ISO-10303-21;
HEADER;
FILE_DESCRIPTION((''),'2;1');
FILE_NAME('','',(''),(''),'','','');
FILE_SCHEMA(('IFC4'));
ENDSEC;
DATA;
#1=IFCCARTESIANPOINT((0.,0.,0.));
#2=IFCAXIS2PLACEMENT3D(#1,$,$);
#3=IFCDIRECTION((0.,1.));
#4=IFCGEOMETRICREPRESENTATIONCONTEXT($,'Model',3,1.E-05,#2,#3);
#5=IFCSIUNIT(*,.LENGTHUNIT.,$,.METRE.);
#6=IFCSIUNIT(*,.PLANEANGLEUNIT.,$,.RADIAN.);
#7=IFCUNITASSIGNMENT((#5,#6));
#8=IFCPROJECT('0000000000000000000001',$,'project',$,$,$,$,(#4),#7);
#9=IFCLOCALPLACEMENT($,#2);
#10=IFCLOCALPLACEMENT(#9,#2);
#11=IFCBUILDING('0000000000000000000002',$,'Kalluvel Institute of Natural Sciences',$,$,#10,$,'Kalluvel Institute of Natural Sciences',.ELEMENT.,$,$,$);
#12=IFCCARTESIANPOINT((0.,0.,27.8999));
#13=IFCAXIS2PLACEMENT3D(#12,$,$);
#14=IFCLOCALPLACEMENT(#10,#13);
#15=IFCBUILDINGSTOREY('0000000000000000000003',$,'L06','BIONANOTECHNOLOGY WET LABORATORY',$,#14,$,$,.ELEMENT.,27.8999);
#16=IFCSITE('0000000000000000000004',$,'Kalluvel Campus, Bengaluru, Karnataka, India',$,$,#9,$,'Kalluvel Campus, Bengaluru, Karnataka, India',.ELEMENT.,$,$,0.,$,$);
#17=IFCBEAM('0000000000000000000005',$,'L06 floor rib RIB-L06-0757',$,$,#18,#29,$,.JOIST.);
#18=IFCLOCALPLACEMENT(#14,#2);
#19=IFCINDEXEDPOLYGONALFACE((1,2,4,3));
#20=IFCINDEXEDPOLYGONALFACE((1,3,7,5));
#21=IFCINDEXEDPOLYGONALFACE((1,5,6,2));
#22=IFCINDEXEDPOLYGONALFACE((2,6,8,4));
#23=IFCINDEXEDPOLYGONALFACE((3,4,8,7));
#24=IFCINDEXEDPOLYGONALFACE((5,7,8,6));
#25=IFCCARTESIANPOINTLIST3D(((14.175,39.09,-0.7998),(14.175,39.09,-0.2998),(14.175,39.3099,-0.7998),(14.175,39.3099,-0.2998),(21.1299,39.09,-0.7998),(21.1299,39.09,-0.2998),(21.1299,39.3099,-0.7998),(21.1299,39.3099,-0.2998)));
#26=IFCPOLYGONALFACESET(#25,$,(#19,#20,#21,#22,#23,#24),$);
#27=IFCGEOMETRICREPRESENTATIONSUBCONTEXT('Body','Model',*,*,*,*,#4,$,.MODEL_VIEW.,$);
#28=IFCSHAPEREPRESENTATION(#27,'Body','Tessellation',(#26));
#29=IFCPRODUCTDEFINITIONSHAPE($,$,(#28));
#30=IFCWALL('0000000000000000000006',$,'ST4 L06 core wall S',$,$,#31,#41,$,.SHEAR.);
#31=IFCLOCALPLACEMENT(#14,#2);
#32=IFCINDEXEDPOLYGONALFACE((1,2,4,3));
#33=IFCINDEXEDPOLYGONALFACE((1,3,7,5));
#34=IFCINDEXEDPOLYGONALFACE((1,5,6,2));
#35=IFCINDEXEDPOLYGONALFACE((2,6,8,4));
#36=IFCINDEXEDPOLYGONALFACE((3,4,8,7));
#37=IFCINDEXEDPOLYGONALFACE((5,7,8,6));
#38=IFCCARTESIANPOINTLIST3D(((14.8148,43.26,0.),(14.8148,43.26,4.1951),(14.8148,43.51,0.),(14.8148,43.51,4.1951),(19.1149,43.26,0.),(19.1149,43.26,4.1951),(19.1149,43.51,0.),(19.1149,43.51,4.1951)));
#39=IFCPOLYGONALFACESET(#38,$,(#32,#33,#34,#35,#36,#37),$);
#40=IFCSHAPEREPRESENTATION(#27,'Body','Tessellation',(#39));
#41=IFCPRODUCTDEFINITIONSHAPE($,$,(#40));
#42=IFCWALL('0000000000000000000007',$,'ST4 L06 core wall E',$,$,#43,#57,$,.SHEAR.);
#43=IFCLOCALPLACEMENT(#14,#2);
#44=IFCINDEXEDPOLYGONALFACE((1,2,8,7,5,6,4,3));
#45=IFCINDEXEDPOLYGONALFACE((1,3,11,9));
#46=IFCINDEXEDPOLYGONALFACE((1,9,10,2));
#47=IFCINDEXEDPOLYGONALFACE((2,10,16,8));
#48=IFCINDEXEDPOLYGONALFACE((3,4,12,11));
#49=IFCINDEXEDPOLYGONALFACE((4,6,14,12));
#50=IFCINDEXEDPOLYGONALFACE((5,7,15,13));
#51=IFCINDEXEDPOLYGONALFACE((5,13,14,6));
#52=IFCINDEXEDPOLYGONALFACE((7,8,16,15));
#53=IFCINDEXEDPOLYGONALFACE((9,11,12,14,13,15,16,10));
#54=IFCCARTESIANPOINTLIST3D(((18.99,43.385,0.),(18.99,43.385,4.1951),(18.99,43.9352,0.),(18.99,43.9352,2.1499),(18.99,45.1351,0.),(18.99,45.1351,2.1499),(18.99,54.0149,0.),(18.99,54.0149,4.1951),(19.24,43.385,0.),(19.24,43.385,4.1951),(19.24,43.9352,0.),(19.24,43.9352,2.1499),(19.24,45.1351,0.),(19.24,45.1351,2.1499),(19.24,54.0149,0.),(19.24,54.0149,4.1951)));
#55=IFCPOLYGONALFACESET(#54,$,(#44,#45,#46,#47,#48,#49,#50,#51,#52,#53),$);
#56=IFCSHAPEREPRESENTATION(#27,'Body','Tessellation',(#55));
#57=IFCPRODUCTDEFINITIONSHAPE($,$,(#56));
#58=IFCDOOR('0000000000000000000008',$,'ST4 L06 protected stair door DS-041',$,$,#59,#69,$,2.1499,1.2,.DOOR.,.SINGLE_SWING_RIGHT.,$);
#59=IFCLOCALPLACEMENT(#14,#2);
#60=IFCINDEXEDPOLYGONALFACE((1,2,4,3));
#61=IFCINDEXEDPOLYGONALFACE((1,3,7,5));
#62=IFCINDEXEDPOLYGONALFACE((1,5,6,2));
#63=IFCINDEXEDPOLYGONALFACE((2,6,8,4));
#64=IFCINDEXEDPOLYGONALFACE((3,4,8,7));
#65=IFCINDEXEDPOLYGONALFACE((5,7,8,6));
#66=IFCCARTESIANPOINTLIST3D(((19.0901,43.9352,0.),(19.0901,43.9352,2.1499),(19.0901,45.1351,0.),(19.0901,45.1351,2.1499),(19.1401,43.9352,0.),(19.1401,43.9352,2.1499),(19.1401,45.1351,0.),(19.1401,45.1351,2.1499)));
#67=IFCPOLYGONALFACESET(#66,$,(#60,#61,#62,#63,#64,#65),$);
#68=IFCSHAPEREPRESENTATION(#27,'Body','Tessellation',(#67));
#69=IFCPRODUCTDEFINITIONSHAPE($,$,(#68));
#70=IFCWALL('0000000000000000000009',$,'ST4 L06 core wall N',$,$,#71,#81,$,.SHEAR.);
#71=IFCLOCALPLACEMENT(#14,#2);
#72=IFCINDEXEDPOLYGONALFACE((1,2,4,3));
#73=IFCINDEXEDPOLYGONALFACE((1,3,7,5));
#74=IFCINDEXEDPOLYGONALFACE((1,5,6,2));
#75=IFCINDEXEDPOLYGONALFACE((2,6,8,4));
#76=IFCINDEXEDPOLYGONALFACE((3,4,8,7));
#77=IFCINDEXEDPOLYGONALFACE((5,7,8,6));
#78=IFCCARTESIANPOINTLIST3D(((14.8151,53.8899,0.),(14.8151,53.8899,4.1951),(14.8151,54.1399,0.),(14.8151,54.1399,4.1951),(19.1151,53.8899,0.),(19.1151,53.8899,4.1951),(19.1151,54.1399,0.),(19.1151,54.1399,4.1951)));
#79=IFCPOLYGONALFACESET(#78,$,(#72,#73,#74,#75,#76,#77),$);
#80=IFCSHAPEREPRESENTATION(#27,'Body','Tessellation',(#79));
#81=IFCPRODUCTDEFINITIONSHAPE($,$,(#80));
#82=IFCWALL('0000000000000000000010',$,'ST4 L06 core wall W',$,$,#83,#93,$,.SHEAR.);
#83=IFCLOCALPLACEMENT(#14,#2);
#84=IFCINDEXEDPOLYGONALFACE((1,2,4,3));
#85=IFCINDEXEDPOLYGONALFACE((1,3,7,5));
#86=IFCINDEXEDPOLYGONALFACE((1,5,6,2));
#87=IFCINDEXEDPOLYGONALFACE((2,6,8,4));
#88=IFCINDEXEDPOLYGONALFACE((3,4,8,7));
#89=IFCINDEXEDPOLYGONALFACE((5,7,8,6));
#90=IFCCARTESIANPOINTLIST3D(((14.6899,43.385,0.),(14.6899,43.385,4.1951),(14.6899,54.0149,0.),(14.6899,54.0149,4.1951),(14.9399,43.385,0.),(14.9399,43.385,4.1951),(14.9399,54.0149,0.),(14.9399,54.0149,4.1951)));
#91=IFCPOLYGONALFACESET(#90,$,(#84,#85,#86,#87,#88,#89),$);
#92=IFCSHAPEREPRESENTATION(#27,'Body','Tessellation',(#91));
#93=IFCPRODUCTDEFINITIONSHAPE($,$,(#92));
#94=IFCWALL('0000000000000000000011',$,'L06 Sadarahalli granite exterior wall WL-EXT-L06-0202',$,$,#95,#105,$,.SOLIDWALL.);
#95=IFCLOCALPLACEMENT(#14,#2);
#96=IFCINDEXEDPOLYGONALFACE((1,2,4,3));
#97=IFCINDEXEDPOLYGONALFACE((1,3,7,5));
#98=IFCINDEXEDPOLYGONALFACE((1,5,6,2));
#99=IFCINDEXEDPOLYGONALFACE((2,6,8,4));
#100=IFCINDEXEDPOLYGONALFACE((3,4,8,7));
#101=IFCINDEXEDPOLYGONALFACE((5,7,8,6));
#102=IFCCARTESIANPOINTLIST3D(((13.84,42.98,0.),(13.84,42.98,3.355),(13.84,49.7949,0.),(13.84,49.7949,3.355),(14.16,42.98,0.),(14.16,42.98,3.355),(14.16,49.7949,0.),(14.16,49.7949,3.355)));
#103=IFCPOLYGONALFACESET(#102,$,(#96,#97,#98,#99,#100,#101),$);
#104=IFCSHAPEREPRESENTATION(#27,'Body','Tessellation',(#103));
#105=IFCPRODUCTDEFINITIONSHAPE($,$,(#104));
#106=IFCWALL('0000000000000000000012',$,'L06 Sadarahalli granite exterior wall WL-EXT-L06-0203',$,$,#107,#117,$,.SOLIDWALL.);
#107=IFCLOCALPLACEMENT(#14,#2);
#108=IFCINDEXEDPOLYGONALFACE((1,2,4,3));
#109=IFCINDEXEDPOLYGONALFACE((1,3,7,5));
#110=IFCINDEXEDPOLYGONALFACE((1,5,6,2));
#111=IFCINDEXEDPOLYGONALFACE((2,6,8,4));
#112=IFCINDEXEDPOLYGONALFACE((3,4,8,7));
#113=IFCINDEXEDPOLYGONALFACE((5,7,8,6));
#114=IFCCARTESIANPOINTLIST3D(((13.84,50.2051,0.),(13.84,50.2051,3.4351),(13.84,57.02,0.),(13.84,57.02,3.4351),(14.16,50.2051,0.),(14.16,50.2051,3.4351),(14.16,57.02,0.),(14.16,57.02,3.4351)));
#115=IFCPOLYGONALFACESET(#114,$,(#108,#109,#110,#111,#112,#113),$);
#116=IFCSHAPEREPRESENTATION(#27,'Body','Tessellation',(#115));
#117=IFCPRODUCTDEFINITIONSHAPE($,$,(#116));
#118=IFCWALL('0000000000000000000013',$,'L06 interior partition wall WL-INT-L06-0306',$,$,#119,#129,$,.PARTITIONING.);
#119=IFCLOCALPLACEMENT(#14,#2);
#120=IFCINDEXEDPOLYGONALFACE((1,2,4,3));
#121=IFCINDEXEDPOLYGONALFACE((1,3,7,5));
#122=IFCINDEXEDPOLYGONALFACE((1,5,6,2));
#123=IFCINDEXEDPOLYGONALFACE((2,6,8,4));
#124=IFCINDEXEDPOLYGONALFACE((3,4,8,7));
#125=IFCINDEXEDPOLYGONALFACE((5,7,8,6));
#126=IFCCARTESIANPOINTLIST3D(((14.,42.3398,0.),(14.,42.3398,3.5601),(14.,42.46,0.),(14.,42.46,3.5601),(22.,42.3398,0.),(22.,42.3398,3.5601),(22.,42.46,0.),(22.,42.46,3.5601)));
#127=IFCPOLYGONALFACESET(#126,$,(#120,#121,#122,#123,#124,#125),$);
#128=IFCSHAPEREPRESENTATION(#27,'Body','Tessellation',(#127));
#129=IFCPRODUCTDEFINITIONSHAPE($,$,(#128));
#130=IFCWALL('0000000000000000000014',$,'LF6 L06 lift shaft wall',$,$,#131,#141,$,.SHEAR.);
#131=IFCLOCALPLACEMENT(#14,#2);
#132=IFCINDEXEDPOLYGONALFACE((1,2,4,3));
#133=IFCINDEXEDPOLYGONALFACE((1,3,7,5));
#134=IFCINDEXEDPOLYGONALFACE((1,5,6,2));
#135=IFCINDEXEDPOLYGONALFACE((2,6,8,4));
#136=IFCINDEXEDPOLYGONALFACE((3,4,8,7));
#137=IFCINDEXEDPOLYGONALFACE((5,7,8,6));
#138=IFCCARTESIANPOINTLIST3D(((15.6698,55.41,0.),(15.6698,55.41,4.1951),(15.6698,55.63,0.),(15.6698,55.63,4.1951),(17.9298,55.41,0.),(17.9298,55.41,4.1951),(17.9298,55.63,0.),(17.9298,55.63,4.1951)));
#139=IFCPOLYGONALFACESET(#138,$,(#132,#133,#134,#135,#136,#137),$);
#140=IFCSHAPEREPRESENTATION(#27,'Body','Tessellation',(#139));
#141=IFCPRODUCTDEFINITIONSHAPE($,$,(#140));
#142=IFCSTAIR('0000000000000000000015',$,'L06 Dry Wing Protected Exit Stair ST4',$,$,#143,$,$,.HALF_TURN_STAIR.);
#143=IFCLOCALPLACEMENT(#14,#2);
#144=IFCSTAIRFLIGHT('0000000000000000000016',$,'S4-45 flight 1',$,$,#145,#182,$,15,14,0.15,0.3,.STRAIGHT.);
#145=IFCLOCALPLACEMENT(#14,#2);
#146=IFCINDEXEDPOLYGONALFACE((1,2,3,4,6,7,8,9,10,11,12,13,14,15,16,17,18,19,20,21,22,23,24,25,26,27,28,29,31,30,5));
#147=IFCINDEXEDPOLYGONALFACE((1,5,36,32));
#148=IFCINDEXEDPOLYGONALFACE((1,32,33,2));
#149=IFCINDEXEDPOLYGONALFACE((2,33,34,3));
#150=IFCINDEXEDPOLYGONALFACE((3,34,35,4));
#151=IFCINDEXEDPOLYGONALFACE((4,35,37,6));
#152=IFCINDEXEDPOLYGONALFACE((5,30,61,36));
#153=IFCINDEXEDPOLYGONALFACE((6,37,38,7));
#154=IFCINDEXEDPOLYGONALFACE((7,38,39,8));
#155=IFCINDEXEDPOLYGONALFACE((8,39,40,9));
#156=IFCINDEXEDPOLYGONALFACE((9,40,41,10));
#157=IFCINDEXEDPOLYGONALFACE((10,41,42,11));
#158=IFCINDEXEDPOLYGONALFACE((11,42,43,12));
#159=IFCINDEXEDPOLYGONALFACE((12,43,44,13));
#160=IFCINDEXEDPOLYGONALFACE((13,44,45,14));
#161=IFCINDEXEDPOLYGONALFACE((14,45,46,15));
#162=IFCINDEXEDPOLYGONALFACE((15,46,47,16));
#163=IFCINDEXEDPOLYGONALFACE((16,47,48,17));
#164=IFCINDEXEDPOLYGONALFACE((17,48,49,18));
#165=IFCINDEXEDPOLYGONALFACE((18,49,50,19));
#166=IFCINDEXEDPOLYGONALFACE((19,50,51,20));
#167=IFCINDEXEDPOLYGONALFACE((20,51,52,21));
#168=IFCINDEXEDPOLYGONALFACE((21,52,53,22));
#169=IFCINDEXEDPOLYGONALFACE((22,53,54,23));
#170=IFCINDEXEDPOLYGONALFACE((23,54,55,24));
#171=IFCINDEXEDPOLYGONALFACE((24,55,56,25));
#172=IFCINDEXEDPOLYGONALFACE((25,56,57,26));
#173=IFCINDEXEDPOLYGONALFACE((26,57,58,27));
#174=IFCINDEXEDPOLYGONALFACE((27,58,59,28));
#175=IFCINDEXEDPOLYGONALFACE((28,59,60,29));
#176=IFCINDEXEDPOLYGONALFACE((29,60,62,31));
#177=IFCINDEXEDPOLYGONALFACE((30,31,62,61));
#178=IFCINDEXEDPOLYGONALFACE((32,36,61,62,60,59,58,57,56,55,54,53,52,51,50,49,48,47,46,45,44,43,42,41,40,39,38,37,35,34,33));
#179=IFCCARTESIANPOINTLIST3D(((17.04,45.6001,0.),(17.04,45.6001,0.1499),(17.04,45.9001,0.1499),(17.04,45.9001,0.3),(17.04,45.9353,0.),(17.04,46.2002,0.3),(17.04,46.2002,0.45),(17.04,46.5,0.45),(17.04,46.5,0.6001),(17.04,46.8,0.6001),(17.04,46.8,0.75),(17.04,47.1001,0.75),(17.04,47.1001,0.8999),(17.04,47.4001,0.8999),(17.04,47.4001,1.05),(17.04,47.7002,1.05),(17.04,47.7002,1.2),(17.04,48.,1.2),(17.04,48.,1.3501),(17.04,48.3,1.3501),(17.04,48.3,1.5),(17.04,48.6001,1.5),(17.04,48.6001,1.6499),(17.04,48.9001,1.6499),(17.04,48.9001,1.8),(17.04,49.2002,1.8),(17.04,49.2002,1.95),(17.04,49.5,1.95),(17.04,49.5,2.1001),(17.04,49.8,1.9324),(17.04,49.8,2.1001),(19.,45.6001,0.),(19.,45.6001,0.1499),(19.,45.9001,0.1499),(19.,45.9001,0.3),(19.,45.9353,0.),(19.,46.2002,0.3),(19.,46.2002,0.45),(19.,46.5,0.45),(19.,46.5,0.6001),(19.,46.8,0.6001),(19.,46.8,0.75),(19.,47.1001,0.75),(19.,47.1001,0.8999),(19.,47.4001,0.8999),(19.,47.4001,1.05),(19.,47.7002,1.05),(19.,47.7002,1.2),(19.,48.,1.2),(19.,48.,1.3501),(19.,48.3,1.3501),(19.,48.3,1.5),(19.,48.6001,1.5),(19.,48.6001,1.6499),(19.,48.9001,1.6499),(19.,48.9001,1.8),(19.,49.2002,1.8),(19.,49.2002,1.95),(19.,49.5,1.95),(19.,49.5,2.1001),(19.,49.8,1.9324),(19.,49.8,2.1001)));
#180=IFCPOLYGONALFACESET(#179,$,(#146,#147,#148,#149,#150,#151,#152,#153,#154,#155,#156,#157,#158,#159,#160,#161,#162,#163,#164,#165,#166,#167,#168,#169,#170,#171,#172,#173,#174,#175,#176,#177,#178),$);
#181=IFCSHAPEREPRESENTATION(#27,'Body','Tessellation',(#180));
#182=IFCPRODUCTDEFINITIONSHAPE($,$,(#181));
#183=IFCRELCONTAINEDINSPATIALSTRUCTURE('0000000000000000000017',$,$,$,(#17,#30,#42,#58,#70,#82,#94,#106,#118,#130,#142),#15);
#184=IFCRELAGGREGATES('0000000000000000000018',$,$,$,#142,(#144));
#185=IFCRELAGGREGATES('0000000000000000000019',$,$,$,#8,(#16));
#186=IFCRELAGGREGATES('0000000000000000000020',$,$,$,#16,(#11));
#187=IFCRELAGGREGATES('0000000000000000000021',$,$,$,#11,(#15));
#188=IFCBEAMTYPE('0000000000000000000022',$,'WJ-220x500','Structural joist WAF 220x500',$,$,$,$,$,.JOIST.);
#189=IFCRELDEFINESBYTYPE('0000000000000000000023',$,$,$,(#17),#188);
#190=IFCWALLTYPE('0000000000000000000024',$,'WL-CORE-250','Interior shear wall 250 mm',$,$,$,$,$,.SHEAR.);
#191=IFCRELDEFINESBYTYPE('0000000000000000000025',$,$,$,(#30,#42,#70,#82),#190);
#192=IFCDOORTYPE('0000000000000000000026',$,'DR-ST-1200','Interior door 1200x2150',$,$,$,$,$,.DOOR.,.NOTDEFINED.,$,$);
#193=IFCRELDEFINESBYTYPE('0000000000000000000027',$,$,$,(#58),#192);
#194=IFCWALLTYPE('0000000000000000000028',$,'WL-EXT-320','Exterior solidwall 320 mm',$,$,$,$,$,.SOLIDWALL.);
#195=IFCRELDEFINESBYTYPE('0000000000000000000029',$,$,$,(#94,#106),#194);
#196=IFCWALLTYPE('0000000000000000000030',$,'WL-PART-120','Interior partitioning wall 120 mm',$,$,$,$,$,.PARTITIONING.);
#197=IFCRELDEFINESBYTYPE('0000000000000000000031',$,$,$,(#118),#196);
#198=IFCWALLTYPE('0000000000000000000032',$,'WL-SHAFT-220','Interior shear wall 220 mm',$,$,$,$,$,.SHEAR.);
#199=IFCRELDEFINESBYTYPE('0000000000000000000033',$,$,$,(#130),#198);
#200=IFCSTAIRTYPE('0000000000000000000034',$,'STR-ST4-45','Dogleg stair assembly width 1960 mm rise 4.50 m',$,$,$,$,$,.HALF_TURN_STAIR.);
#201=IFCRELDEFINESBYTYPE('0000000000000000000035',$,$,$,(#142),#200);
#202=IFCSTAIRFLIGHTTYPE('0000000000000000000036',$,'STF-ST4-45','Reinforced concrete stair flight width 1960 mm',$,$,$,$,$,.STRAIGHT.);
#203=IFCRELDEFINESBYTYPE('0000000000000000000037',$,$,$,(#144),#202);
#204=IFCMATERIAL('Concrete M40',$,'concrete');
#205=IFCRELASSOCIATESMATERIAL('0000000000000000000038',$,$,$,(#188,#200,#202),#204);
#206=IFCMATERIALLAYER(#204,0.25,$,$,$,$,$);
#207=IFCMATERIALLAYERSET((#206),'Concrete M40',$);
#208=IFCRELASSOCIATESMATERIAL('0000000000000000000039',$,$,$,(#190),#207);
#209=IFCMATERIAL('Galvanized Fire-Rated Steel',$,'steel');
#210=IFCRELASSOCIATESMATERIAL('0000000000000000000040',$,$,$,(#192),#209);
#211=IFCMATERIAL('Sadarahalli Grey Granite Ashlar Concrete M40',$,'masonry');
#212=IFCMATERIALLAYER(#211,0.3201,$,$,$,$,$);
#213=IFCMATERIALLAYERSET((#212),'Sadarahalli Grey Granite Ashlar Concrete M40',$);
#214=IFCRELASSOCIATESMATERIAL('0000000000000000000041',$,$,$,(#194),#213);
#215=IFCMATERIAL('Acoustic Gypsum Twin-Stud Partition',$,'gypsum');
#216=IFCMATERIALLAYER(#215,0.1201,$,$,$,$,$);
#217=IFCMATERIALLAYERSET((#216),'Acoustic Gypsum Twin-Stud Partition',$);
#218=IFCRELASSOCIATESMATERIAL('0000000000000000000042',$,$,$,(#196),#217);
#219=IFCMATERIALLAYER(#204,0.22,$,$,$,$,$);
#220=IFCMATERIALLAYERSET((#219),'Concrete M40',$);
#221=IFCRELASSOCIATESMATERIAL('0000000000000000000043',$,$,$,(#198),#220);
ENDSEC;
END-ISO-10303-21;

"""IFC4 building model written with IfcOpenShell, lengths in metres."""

from ifc_helpers import new_model, si_unit, direction, frame, frame_2d, origin, origin_2d, place, context, subcontext, project, spatial, polyline, rectangle, outline, extrude, material, layer, layer_set, material_profile, profile_set, type_object, element, fill, aggregate, save


model = new_model("IFC4")

# Units and contexts
model_context = context("Model", 3, precision=1e-05, world=origin(), true_north=direction((0.0, 1.0)))
body_context = subcontext(model_context, "Body", "Model", "MODEL_VIEW")
ifc_project = project(units=[si_unit("LENGTHUNIT", "METRE"), si_unit("PLANEANGLEUNIT", "RADIAN")], contexts=[model_context])

# Site, building, storey
site_placement = place(None, origin())
site = spatial("IfcSite", under=ifc_project, at=site_placement, Name="Kalluvel Campus, Bengaluru, Karnataka, India", LongName="Kalluvel Campus, Bengaluru, Karnataka, India", CompositionType="ELEMENT", RefElevation=0.0)
building_placement = place(site_placement, origin())
building = spatial("IfcBuilding", under=site, at=building_placement, Name="Kalluvel Institute of Natural Sciences", LongName="Kalluvel Institute of Natural Sciences", CompositionType="ELEMENT")
storey_placement = place(building_placement, frame((0.0, 0.0, 27.8999)))
storey = spatial("IfcBuildingStorey", under=building, at=storey_placement, Name="L06", Description="BIONANOTECHNOLOGY WET LABORATORY", CompositionType="ELEMENT", Elevation=27.8999)

# Shared definitions
ifc_material_1 = material(Name="Concrete M40", Category="concrete")

# Beam
ifc_material_profile_1 = material_profile(ifc_material_1, rectangle(XDim=0.22, YDim=0.5, at=origin_2d()), Name="WAF 220x500")
ifc_profile_set_1 = profile_set([ifc_material_profile_1], Name="Concrete M40")
beam_type_1 = type_object("IfcBeamType", Name="WJ-220x500", Description="Structural joist WAF 220x500", PredefinedType="JOIST", material=ifc_profile_set_1)
beam_1_placement = place(storey_placement, frame((14.175, 39.2, -0.5498), z_axis=(1.0, 0.0, 0.0), x_axis=(0.0, 1.0, 0.0)))
element("IfcBeam", 1, at=beam_1_placement, inside=storey, type_object=beam_type_1, Name="L06 floor rib RIB-L06-0757", PredefinedType="JOIST", context=body_context, shape_type="SweptSolid", body=[
    extrude(rectangle(XDim=0.22, YDim=0.5, at=origin_2d()), origin(), (0.0, 0.0, 1.0), 6.9548),
])

# Wall
ifc_layer_1 = layer(ifc_material_1, 0.25)
ifc_layer_set_1 = layer_set([ifc_layer_1], Name="Concrete M40")
wall_type_1 = type_object("IfcWallType", Name="WL-CORE-250", Description="Interior shear wall 250 mm", PredefinedType="SHEAR", material=ifc_layer_set_1)
wall_1_placement = place(storey_placement, frame((14.8149, 43.385, 0.0), z_axis=(0.0, 0.0, 1.0), x_axis=(1.0, 0.0, 0.0)))
element("IfcWall", 2, at=wall_1_placement, inside=storey, type_object=wall_type_1, Name="ST4 L06 core wall S", PredefinedType="SHEAR", context=body_context, shape_type="SweptSolid", body=[
    extrude(rectangle(XDim=4.3, YDim=0.25, at=frame_2d((2.1499, 0.0))), origin(), (0.0, 0.0, 1.0), 4.1951),
])

# Wall, opening, door
wall_2_placement = place(storey_placement, frame((19.115, 43.385, 0.0), z_axis=(0.0, 0.0, 1.0), x_axis=(0.0, 1.0, 0.0)))
wall_2 = element("IfcWall", 3, at=wall_2_placement, inside=storey, type_object=wall_type_1, Name="ST4 L06 core wall E", PredefinedType="SHEAR", context=body_context, shape_type="SweptSolid", body=[
    extrude(rectangle(XDim=10.6299, YDim=0.25, at=frame_2d((5.3149, 0.0))), origin(), (0.0, 0.0, 1.0), 4.1951),
])
opening_placement = place(wall_2_placement, frame((0.55, 0.0, 0.0)))
opening = element("IfcOpeningElement", 4, at=opening_placement, cuts=wall_2, PredefinedType="OPENING", context=body_context, shape_type="SweptSolid", body=[
    extrude(rectangle(XDim=1.2, YDim=2.1499, at=frame_2d((0.6001, 1.075))), frame((0.0, 0.135, 0.0), z_axis=(0.0, -1.0, 0.0), x_axis=(1.0, 0.0, 0.0)), (0.0, 0.0, 1.0), 0.27),
])
ifc_material_2 = material(Name="Galvanized Fire-Rated Steel", Category="steel")
door_type = type_object("IfcDoorType", Name="DR-ST-1200", Description="Interior door 1200x2150", OperationType="NOTDEFINED", PredefinedType="DOOR", material=ifc_material_2)
door_placement = place(opening_placement, origin())
door = element("IfcDoor", 5, at=door_placement, inside=storey, type_object=door_type, Name="ST4 L06 protected stair door DS-041", OperationType="SINGLE_SWING_RIGHT", OverallHeight=2.1499, OverallWidth=1.2, PredefinedType="DOOR", context=body_context, shape_type="SweptSolid", body=[
    extrude(rectangle(XDim=1.2, YDim=2.1499, at=frame_2d((0.6001, 1.075))), frame((0.0, 0.0249, 0.0), z_axis=(0.0, -1.0, 0.0), x_axis=(1.0, 0.0, 0.0)), (0.0, 0.0, 1.0), 0.05),
])
fill(opening, door)

# Walls
wall_3_placement = place(storey_placement, frame((19.115, 54.0149, 0.0), z_axis=(0.0, 0.0, 1.0), x_axis=(-1.0, 0.0, 0.0)))
element("IfcWall", 6, at=wall_3_placement, inside=storey, type_object=wall_type_1, Name="ST4 L06 core wall N", PredefinedType="SHEAR", context=body_context, shape_type="SweptSolid", body=[
    extrude(rectangle(XDim=4.3, YDim=0.25, at=frame_2d((2.1499, 0.0))), origin(), (0.0, 0.0, 1.0), 4.1951),
])
wall_4_placement = place(storey_placement, frame((14.8149, 54.0149, 0.0), z_axis=(0.0, 0.0, 1.0), x_axis=(0.0, -1.0, 0.0)))
element("IfcWall", 7, at=wall_4_placement, inside=storey, type_object=wall_type_1, Name="ST4 L06 core wall W", PredefinedType="SHEAR", context=body_context, shape_type="SweptSolid", body=[
    extrude(rectangle(XDim=10.6299, YDim=0.25, at=frame_2d((5.3149, 0.0))), origin(), (0.0, 0.0, 1.0), 4.1951),
])
ifc_material_3 = material(Name="Sadarahalli Grey Granite Ashlar Concrete M40", Category="masonry")
ifc_layer_2 = layer(ifc_material_3, 0.3201)
ifc_layer_set_2 = layer_set([ifc_layer_2], Name="Sadarahalli Grey Granite Ashlar Concrete M40")
wall_type_2 = type_object("IfcWallType", Name="WL-EXT-320", Description="Exterior solidwall 320 mm", PredefinedType="SOLIDWALL", material=ifc_layer_set_2)
wall_5_placement = place(storey_placement, frame((14.0, 42.98, 0.0), z_axis=(0.0, 0.0, 1.0), x_axis=(0.0, 1.0, 0.0)))
element("IfcWall", 8, at=wall_5_placement, inside=storey, type_object=wall_type_2, Name="L06 Sadarahalli granite exterior wall WL-EXT-L06-0202", PredefinedType="SOLIDWALL", context=body_context, shape_type="SweptSolid", body=[
    extrude(rectangle(XDim=6.8149, YDim=0.3201, at=frame_2d((3.4075, 0.0))), origin(), (0.0, 0.0, 1.0), 3.355),
])
wall_6_placement = place(storey_placement, frame((14.0, 50.2051, 0.0), z_axis=(0.0, 0.0, 1.0), x_axis=(0.0, 1.0, 0.0)))
element("IfcWall", 9, at=wall_6_placement, inside=storey, type_object=wall_type_2, Name="L06 Sadarahalli granite exterior wall WL-EXT-L06-0203", PredefinedType="SOLIDWALL", context=body_context, shape_type="SweptSolid", body=[
    extrude(rectangle(XDim=6.8149, YDim=0.3201, at=frame_2d((3.4075, 0.0))), origin(), (0.0, 0.0, 1.0), 3.4351),
])
ifc_material_4 = material(Name="Acoustic Gypsum Twin-Stud Partition", Category="gypsum")
ifc_layer_3 = layer(ifc_material_4, 0.1201)
ifc_layer_set_3 = layer_set([ifc_layer_3], Name="Acoustic Gypsum Twin-Stud Partition")
wall_type_3 = type_object("IfcWallType", Name="WL-PART-120", Description="Interior partitioning wall 120 mm", PredefinedType="PARTITIONING", material=ifc_layer_set_3)
wall_7_placement = place(storey_placement, frame((14.0, 42.3999, 0.0), z_axis=(0.0, 0.0, 1.0), x_axis=(1.0, 0.0, 0.0)))
element("IfcWall", 10, at=wall_7_placement, inside=storey, type_object=wall_type_3, Name="L06 interior partition wall WL-INT-L06-0306", PredefinedType="PARTITIONING", context=body_context, shape_type="SweptSolid", body=[
    extrude(rectangle(XDim=8.0, YDim=0.1201, at=frame_2d((4.0, 0.0))), origin(), (0.0, 0.0, 1.0), 3.5601),
])
ifc_layer_4 = layer(ifc_material_1, 0.22)
ifc_layer_set_4 = layer_set([ifc_layer_4], Name="Concrete M40")
wall_type_4 = type_object("IfcWallType", Name="WL-SHAFT-220", Description="Interior shear wall 220 mm", PredefinedType="SHEAR", material=ifc_layer_set_4)
wall_8_placement = place(storey_placement, frame((15.6699, 55.52, 0.0), z_axis=(0.0, 0.0, 1.0), x_axis=(1.0, 0.0, 0.0)))
element("IfcWall", 11, at=wall_8_placement, inside=storey, type_object=wall_type_4, Name="LF6 L06 lift shaft wall", PredefinedType="SHEAR", context=body_context, shape_type="SweptSolid", body=[
    extrude(rectangle(XDim=2.26, YDim=0.22, at=frame_2d((1.1299, 0.0))), origin(), (0.0, 0.0, 1.0), 4.1951),
])

# Stair, stair flight
stair_type = type_object("IfcStairType", Name="STR-ST4-45", Description="Dogleg stair assembly width 1960 mm rise 4.50 m", PredefinedType="HALF_TURN_STAIR", material=ifc_material_1)
stair_placement = place(storey_placement, origin())
stair = element("IfcStair", 12, at=stair_placement, inside=storey, type_object=stair_type, Name="L06 Dry Wing Protected Exit Stair ST4", PredefinedType="HALF_TURN_STAIR")
stair_flight_type = type_object("IfcStairFlightType", Name="STF-ST4-45", Description="Reinforced concrete stair flight width 1960 mm", PredefinedType="STRAIGHT", material=ifc_material_1)
stair_flight_1_placement = place(storey_placement, frame((18.02, 45.6001, 0.0), z_axis=(0.0, 0.0, 1.0), x_axis=(0.0, 1.0, 0.0)))
stair_flight_1 = element("IfcStairFlight", 13, at=stair_flight_1_placement, type_object=stair_flight_type, Name="S4-45 flight 1", NumberOfRisers=15, NumberOfTreads=14, PredefinedType="STRAIGHT", RiserHeight=0.15, TreadLength=0.3, context=body_context, shape_type="SweptSolid", body=[
    extrude(outline(polyline([(0.0, 0.0), (0.0, 0.1499), (0.3, 0.1499), (0.3, 0.3), (0.6001, 0.3), (0.6001, 0.45), (0.8999, 0.45), (0.8999, 0.6001), (1.2, 0.6001), (1.2, 0.75), (1.5, 0.75), (1.5, 0.8999), (1.8, 0.8999), (1.8, 1.05), (2.1001, 1.05), (2.1001, 1.2), (2.3999, 1.2), (2.3999, 1.3501), (2.7, 1.3501), (2.7, 1.5), (3.0, 1.5), (3.0, 1.6499), (3.3, 1.6499), (3.3, 1.8), (3.6001, 1.8), (3.6001, 1.95), (3.8999, 1.95), (3.8999, 2.1001), (4.2, 2.1001), (4.2, 2.25), (4.2, 1.9324), (0.3352, 0.0), (0.0, 0.0)])), frame((0.0, 0.98, 0.0), z_axis=(0.0, -1.0, 0.0), x_axis=(1.0, 0.0, 0.0)), (0.0, 0.0, 1.0), 1.96),
])
aggregate(stair, [stair_flight_1])

save(model, "model.ifc")
